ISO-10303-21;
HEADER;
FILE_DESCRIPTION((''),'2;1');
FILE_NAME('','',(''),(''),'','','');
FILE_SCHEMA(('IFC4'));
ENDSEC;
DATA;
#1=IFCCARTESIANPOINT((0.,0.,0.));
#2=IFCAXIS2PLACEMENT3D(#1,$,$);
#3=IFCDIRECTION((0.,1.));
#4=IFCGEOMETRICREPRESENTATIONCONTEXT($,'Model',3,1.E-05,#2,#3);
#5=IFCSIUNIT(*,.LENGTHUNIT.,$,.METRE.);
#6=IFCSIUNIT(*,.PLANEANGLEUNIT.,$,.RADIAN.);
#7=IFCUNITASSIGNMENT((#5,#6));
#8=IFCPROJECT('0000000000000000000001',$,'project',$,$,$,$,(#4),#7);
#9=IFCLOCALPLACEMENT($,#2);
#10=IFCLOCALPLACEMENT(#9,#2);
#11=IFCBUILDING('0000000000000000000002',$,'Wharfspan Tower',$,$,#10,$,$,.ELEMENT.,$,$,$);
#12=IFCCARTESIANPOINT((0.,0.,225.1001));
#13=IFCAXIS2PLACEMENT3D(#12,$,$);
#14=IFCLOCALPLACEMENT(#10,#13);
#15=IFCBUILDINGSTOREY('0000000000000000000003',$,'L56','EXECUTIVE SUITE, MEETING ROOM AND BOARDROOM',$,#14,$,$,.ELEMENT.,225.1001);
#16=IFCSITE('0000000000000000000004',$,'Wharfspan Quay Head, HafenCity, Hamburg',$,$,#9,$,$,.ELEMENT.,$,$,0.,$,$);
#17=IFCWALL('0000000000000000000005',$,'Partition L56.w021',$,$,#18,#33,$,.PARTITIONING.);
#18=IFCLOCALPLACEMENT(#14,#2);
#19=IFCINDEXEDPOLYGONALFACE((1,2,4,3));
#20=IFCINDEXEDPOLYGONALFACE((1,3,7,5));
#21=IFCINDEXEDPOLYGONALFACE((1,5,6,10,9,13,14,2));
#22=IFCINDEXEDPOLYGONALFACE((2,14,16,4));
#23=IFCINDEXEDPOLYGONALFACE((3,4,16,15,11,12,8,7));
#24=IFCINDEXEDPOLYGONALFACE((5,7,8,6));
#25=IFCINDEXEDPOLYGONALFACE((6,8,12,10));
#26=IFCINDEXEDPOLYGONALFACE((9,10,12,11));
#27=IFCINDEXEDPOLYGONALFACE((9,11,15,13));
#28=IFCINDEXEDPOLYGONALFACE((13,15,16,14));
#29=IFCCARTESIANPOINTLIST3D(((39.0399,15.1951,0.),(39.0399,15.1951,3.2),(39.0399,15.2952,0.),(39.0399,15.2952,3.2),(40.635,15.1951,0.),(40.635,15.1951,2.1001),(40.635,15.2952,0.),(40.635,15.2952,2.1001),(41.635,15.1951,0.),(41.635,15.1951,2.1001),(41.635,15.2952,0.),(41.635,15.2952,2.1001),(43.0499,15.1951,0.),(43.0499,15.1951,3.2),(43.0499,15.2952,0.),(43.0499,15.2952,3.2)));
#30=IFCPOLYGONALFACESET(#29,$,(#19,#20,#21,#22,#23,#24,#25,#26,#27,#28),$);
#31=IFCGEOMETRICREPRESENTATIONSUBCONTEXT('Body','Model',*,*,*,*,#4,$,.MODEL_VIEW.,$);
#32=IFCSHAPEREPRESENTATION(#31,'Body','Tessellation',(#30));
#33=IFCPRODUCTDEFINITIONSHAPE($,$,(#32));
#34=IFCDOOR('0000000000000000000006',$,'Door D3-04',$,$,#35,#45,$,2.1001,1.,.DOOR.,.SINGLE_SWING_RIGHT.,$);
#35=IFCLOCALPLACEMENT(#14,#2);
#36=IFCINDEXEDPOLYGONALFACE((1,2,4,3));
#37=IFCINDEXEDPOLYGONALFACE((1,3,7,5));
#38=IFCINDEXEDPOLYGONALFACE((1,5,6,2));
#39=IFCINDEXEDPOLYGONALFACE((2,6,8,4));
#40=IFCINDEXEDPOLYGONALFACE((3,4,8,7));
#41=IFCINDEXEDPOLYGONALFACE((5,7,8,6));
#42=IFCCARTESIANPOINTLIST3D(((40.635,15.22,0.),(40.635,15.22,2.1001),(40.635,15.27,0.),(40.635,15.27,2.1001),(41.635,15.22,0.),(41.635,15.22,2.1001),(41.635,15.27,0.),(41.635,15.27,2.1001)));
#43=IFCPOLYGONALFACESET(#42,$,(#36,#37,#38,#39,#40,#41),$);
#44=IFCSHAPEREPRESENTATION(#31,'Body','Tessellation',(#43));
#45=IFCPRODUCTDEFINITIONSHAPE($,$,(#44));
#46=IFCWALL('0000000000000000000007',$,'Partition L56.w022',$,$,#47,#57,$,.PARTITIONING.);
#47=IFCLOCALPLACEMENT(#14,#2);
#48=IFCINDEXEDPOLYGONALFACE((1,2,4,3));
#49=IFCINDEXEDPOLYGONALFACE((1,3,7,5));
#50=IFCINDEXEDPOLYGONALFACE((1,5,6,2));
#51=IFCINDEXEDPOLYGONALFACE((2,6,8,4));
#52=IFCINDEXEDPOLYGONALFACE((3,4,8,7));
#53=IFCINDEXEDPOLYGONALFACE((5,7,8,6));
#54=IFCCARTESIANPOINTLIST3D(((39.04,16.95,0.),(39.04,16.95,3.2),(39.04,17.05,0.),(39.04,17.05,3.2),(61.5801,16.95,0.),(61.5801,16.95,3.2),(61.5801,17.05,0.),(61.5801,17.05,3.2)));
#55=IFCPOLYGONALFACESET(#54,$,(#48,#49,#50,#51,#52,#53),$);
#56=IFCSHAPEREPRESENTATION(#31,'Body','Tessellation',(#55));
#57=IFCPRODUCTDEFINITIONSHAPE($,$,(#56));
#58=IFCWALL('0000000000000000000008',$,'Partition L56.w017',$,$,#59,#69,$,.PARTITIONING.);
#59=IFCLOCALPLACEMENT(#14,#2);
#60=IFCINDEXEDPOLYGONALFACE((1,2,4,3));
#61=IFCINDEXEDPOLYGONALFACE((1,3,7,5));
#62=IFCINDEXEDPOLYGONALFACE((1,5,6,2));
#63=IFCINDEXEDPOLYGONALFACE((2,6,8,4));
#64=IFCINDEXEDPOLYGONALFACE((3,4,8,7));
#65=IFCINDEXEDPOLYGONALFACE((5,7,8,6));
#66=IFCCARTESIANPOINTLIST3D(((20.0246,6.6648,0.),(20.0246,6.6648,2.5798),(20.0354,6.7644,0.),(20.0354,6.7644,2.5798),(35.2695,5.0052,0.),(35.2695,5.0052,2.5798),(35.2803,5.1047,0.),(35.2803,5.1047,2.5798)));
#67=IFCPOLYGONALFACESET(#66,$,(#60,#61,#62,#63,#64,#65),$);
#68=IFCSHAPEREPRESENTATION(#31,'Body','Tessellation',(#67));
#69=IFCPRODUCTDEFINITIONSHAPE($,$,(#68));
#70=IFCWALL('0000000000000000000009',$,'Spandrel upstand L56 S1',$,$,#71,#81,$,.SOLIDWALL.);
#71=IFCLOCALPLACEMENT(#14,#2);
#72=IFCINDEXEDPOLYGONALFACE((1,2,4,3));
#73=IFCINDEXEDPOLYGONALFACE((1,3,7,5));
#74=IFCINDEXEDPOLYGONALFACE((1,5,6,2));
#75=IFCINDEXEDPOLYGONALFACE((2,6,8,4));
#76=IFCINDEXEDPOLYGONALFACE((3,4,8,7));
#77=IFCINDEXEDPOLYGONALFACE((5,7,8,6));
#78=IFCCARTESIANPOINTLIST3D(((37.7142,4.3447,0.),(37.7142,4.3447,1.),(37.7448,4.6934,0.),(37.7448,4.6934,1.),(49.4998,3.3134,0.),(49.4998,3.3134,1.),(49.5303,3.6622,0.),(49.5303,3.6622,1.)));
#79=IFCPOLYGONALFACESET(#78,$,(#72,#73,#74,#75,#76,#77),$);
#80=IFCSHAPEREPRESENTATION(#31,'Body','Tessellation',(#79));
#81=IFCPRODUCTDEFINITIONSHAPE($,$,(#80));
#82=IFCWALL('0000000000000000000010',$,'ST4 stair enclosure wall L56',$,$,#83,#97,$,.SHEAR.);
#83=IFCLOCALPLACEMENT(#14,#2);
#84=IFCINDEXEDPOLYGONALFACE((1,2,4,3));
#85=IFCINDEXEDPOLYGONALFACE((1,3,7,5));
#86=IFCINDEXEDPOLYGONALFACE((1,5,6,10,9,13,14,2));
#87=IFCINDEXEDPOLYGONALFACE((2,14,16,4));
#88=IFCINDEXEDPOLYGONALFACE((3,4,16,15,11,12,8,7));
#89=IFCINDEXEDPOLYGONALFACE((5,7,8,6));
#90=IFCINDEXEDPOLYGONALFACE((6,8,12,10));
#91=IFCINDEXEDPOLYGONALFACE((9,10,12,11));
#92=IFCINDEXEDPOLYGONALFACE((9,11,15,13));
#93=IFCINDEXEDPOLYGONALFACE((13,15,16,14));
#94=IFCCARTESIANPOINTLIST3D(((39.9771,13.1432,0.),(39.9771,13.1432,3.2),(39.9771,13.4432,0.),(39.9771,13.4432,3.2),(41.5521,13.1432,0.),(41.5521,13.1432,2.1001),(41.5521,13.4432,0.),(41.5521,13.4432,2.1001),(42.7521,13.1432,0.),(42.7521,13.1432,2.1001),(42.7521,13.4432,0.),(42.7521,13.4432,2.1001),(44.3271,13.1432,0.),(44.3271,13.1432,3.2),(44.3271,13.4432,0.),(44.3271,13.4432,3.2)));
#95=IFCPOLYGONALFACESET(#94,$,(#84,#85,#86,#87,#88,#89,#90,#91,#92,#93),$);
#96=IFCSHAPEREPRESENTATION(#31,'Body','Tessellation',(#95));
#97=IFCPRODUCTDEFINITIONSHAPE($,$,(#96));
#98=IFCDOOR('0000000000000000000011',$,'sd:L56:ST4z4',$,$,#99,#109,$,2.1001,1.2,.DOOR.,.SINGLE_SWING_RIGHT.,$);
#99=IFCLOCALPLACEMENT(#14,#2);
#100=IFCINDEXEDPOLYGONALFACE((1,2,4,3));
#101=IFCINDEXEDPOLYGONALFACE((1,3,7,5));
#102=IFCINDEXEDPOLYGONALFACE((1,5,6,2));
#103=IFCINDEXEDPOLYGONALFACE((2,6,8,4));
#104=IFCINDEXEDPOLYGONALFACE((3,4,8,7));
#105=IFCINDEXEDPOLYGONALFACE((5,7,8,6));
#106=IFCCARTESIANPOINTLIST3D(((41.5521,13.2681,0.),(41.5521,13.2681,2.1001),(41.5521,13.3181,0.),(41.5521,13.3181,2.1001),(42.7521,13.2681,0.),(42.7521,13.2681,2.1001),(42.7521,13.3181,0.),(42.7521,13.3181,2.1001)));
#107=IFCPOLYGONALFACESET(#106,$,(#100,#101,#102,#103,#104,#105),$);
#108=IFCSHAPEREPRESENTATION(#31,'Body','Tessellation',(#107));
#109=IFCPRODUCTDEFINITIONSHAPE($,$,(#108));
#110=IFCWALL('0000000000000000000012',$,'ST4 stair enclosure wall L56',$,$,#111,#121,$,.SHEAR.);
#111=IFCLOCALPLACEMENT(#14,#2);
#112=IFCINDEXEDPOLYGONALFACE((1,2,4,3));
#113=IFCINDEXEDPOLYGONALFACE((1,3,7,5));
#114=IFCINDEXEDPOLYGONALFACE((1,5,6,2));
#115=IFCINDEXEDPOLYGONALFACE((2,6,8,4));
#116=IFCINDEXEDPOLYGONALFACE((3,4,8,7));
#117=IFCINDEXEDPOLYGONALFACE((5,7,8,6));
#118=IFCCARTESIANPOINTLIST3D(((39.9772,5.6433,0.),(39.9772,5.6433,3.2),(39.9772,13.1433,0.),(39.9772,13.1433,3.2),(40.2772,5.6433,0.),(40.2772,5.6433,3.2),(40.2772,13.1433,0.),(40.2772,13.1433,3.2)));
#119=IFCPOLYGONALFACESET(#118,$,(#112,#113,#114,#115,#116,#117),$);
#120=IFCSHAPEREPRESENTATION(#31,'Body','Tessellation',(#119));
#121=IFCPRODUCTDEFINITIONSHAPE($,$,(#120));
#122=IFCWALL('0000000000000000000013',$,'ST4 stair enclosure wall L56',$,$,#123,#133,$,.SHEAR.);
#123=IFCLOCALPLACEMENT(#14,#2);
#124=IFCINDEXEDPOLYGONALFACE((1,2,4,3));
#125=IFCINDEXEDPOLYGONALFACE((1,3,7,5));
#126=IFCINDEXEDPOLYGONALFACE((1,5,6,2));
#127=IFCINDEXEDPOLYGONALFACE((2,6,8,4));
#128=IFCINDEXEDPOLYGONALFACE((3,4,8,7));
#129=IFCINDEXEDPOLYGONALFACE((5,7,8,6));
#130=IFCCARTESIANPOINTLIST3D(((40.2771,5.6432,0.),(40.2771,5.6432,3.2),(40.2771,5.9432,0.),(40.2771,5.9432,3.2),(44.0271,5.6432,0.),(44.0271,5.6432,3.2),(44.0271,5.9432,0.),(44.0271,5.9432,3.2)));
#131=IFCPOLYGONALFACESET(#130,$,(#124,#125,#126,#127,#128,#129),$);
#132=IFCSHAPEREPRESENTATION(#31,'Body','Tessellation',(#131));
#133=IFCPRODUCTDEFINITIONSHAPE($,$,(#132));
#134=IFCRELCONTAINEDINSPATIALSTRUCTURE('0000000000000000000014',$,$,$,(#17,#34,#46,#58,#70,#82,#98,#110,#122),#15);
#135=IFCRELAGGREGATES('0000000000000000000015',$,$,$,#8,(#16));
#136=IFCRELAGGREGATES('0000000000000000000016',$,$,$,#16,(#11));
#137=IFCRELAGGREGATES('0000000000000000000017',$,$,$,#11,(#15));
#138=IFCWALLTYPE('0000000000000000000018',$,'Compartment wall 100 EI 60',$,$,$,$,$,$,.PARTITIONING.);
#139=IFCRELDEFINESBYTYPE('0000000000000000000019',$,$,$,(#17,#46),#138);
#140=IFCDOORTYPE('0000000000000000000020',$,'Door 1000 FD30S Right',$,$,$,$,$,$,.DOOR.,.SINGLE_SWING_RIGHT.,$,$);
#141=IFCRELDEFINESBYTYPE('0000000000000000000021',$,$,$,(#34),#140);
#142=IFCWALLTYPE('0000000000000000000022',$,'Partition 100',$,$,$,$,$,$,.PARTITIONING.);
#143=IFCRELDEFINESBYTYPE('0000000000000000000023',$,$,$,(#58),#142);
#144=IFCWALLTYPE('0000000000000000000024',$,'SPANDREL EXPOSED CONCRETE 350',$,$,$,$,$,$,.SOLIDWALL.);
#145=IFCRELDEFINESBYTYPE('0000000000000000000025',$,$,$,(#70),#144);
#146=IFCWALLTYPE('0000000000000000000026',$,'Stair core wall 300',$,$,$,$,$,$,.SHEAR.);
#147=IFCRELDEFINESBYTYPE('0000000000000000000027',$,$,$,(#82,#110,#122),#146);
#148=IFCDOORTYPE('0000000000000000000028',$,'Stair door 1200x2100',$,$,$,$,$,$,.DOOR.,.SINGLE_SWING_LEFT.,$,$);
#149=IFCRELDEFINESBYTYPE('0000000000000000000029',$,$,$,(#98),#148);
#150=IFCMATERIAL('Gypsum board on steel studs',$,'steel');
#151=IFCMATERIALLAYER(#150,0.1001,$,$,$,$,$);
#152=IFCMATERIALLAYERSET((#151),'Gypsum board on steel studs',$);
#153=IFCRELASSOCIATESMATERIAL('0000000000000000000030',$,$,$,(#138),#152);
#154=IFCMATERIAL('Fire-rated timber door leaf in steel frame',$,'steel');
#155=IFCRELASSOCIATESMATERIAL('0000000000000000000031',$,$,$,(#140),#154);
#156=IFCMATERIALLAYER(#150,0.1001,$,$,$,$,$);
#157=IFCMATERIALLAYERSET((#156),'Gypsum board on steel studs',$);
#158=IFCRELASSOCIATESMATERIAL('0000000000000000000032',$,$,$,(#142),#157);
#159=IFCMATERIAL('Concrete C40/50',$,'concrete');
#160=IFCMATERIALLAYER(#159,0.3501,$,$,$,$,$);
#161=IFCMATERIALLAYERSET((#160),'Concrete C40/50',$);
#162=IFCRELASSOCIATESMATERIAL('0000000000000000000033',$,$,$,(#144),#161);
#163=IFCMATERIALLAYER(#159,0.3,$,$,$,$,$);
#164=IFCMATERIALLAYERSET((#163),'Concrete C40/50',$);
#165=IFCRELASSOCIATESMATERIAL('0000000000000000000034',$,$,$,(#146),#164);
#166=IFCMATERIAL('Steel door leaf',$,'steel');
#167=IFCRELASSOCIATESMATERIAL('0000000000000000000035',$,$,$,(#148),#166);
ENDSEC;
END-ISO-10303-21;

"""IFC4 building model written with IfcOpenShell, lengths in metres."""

from ifc_helpers import new_model, si_unit, direction, frame, frame_2d, origin, place, context, subcontext, project, spatial, rectangle, extrude, material, layer, layer_set, type_object, element, fill, save


model = new_model("IFC4")

# Units and contexts
model_context = context("Model", 3, precision=1e-05, world=origin(), true_north=direction((0.0, 1.0)))
body_context = subcontext(model_context, "Body", "Model", "MODEL_VIEW")
ifc_project = project(units=[si_unit("LENGTHUNIT", "METRE"), si_unit("PLANEANGLEUNIT", "RADIAN")], contexts=[model_context])

# Site, building, storey
site_placement = place(None, origin())
site = spatial("IfcSite", under=ifc_project, at=site_placement, Name="Wharfspan Quay Head, HafenCity, Hamburg", CompositionType="ELEMENT", RefElevation=0.0)
building_placement = place(site_placement, origin())
building = spatial("IfcBuilding", under=site, at=building_placement, Name="Wharfspan Tower", CompositionType="ELEMENT")
storey_placement = place(building_placement, frame((0.0, 0.0, 225.1001)))
storey = spatial("IfcBuildingStorey", under=building, at=storey_placement, Name="L56", Description="EXECUTIVE SUITE, MEETING ROOM AND BOARDROOM", CompositionType="ELEMENT", Elevation=225.1001)

# Shared definitions
ifc_material_1 = material(Name="Gypsum board on steel studs", Category="steel")
ifc_layer_1 = layer(ifc_material_1, 0.1001)
ifc_layer_set_1 = layer_set([ifc_layer_1], Name="Gypsum board on steel studs")
wall_type_1 = type_object("IfcWallType", Name="Compartment wall 100 EI 60", PredefinedType="PARTITIONING", material=ifc_layer_set_1)

# Shared definitions
ifc_material_2 = material(Name="Fire-rated timber door leaf in steel frame", Category="steel")

# Shared definitions
door_type_1 = type_object("IfcDoorType", Name="Door 1000 FD30S Right", OperationType="SINGLE_SWING_RIGHT", PredefinedType="DOOR", material=ifc_material_2)

# Wall, opening, door
wall_1_placement = place(storey_placement, frame((39.04, 15.2451, 0.0), z_axis=(0.0, 0.0, 1.0), x_axis=(1.0, 0.0, 0.0)))
wall_1 = element("IfcWall", 1, at=wall_1_placement, inside=storey, type_object=wall_type_1, Name="Partition L56.w021", PredefinedType="PARTITIONING", context=body_context, shape_type="SweptSolid", body=[
    extrude(rectangle(XDim=4.01, YDim=0.1001, at=frame_2d((2.0049, 0.0))), origin(), (0.0, 0.0, 1.0), 3.2),
])
opening_1_placement = place(wall_1_placement, frame((1.595, 0.0, 0.0)))
opening_1 = element("IfcOpeningElement", 2, at=opening_1_placement, cuts=wall_1, PredefinedType="OPENING", context=body_context, shape_type="SweptSolid", body=[
    extrude(rectangle(XDim=1.0, YDim=2.1001, at=frame_2d((0.5, 1.05))), frame((0.0, 0.0601, 0.0), z_axis=(0.0, -1.0, 0.0), x_axis=(1.0, 0.0, 0.0)), (0.0, 0.0, 1.0), 0.1201),
])
door_1_placement = place(opening_1_placement, origin())
door_1 = element("IfcDoor", 3, at=door_1_placement, inside=storey, type_object=door_type_1, Name="Door D3-04", OperationType="SINGLE_SWING_RIGHT", OverallHeight=2.1001, OverallWidth=1.0, PredefinedType="DOOR", context=body_context, shape_type="SweptSolid", body=[
    extrude(rectangle(XDim=1.0, YDim=2.1001, at=frame_2d((0.5, 1.05))), frame((0.0, 0.0249, 0.0), z_axis=(0.0, -1.0, 0.0), x_axis=(1.0, 0.0, 0.0)), (0.0, 0.0, 1.0), 0.05),
])
fill(opening_1, door_1)

# Walls
wall_2_placement = place(storey_placement, frame((39.04, 17.0, 0.0), z_axis=(0.0, 0.0, 1.0), x_axis=(1.0, 0.0, 0.0)))
element("IfcWall", 4, at=wall_2_placement, inside=storey, type_object=wall_type_1, Name="Partition L56.w022", PredefinedType="PARTITIONING", context=body_context, shape_type="SweptSolid", body=[
    extrude(rectangle(XDim=22.54, YDim=0.1001, at=frame_2d((11.27, 0.0))), origin(), (0.0, 0.0, 1.0), 3.2),
])
ifc_layer_2 = layer(ifc_material_1, 0.1001)
ifc_layer_set_2 = layer_set([ifc_layer_2], Name="Gypsum board on steel studs")
wall_type_2 = type_object("IfcWallType", Name="Partition 100", PredefinedType="PARTITIONING", material=ifc_layer_set_2)
wall_3_placement = place(storey_placement, frame((35.2749, 5.0549, 0.0), z_axis=(0.0, 0.0, 1.0), x_axis=(-0.994128, 0.108228, 0.0)))
element("IfcWall", 5, at=wall_3_placement, inside=storey, type_object=wall_type_2, Name="Partition L56.w017", PredefinedType="PARTITIONING", context=body_context, shape_type="SweptSolid", body=[
    extrude(rectangle(XDim=15.335, YDim=0.1001, at=frame_2d((7.6675, 0.0))), origin(), (0.0, 0.0, 1.0), 2.5798),
])
ifc_material_3 = material(Name="Concrete C40/50", Category="concrete")
ifc_layer_3 = layer(ifc_material_3, 0.3501)
ifc_layer_set_3 = layer_set([ifc_layer_3], Name="Concrete C40/50")
wall_type_3 = type_object("IfcWallType", Name="SPANDREL EXPOSED CONCRETE 350", PredefinedType="SOLIDWALL", material=ifc_layer_set_3)
wall_4_placement = place(storey_placement, frame((37.7295, 4.519, 0.0), z_axis=(0.0, 0.0, 1.0), x_axis=(0.99619, -0.087167, 0.0)))
element("IfcWall", 6, at=wall_4_placement, inside=storey, type_object=wall_type_3, Name="Spandrel upstand L56 S1", PredefinedType="SOLIDWALL", context=body_context, shape_type="SweptSolid", body=[
    extrude(rectangle(XDim=11.8306, YDim=0.3501, at=frame_2d((5.9153, 0.0))), origin(), (0.0, 0.0, 1.0), 1.0),
])

# Wall, opening, door
ifc_layer_4 = layer(ifc_material_3, 0.3)
ifc_layer_set_4 = layer_set([ifc_layer_4], Name="Concrete C40/50")
wall_type_4 = type_object("IfcWallType", Name="Stair core wall 300", PredefinedType="SHEAR", material=ifc_layer_set_4)
wall_5_placement = place(storey_placement, frame((39.9771, 13.2932, 0.0), z_axis=(0.0, 0.0, 1.0), x_axis=(1.0, 0.0, 0.0)))
wall_5 = element("IfcWall", 7, at=wall_5_placement, inside=storey, type_object=wall_type_4, Name="ST4 stair enclosure wall L56", PredefinedType="SHEAR", context=body_context, shape_type="SweptSolid", body=[
    extrude(rectangle(XDim=4.3501, YDim=0.3, at=frame_2d((2.175, 0.0))), origin(), (0.0, 0.0, 1.0), 3.2),
])
opening_2_placement = place(wall_5_placement, frame((1.575, 0.0, 0.0)))
opening_2 = element("IfcOpeningElement", 8, at=opening_2_placement, cuts=wall_5, PredefinedType="OPENING", context=body_context, shape_type="SweptSolid", body=[
    extrude(rectangle(XDim=1.2, YDim=2.1001, at=frame_2d((0.6001, 1.05))), frame((0.0, 0.1599, 0.0), z_axis=(0.0, -1.0, 0.0), x_axis=(1.0, 0.0, 0.0)), (0.0, 0.0, 1.0), 0.3201),
])
ifc_material_4 = material(Name="Steel door leaf", Category="steel")
door_type_2 = type_object("IfcDoorType", Name="Stair door 1200x2100", OperationType="SINGLE_SWING_LEFT", PredefinedType="DOOR", material=ifc_material_4)
door_2_placement = place(opening_2_placement, origin())
door_2 = element("IfcDoor", 9, at=door_2_placement, inside=storey, type_object=door_type_2, Name="sd:L56:ST4z4", OperationType="SINGLE_SWING_RIGHT", OverallHeight=2.1001, OverallWidth=1.2, PredefinedType="DOOR", context=body_context, shape_type="SweptSolid", body=[
    extrude(rectangle(XDim=1.2, YDim=2.1001, at=frame_2d((0.6001, 1.05))), frame((0.0, 0.0249, 0.0), z_axis=(0.0, -1.0, 0.0), x_axis=(1.0, 0.0, 0.0)), (0.0, 0.0, 1.0), 0.05),
])
fill(opening_2, door_2)

# Walls
wall_6_placement = place(storey_placement, frame((40.1272, 5.6433, 0.0), z_axis=(0.0, 0.0, 1.0), x_axis=(0.0, 1.0, 0.0)))
element("IfcWall", 10, at=wall_6_placement, inside=storey, type_object=wall_type_4, Name="ST4 stair enclosure wall L56", PredefinedType="SHEAR", context=body_context, shape_type="SweptSolid", body=[
    extrude(rectangle(XDim=7.5, YDim=0.3, at=frame_2d((3.75, 0.0))), origin(), (0.0, 0.0, 1.0), 3.2),
])
wall_7_placement = place(storey_placement, frame((40.2771, 5.7932, 0.0), z_axis=(0.0, 0.0, 1.0), x_axis=(1.0, 0.0, 0.0)))
element("IfcWall", 11, at=wall_7_placement, inside=storey, type_object=wall_type_4, Name="ST4 stair enclosure wall L56", PredefinedType="SHEAR", context=body_context, shape_type="SweptSolid", body=[
    extrude(rectangle(XDim=3.75, YDim=0.3, at=frame_2d((1.875, 0.0))), origin(), (0.0, 0.0, 1.0), 3.2),
])

save(model, "model.ifc")
